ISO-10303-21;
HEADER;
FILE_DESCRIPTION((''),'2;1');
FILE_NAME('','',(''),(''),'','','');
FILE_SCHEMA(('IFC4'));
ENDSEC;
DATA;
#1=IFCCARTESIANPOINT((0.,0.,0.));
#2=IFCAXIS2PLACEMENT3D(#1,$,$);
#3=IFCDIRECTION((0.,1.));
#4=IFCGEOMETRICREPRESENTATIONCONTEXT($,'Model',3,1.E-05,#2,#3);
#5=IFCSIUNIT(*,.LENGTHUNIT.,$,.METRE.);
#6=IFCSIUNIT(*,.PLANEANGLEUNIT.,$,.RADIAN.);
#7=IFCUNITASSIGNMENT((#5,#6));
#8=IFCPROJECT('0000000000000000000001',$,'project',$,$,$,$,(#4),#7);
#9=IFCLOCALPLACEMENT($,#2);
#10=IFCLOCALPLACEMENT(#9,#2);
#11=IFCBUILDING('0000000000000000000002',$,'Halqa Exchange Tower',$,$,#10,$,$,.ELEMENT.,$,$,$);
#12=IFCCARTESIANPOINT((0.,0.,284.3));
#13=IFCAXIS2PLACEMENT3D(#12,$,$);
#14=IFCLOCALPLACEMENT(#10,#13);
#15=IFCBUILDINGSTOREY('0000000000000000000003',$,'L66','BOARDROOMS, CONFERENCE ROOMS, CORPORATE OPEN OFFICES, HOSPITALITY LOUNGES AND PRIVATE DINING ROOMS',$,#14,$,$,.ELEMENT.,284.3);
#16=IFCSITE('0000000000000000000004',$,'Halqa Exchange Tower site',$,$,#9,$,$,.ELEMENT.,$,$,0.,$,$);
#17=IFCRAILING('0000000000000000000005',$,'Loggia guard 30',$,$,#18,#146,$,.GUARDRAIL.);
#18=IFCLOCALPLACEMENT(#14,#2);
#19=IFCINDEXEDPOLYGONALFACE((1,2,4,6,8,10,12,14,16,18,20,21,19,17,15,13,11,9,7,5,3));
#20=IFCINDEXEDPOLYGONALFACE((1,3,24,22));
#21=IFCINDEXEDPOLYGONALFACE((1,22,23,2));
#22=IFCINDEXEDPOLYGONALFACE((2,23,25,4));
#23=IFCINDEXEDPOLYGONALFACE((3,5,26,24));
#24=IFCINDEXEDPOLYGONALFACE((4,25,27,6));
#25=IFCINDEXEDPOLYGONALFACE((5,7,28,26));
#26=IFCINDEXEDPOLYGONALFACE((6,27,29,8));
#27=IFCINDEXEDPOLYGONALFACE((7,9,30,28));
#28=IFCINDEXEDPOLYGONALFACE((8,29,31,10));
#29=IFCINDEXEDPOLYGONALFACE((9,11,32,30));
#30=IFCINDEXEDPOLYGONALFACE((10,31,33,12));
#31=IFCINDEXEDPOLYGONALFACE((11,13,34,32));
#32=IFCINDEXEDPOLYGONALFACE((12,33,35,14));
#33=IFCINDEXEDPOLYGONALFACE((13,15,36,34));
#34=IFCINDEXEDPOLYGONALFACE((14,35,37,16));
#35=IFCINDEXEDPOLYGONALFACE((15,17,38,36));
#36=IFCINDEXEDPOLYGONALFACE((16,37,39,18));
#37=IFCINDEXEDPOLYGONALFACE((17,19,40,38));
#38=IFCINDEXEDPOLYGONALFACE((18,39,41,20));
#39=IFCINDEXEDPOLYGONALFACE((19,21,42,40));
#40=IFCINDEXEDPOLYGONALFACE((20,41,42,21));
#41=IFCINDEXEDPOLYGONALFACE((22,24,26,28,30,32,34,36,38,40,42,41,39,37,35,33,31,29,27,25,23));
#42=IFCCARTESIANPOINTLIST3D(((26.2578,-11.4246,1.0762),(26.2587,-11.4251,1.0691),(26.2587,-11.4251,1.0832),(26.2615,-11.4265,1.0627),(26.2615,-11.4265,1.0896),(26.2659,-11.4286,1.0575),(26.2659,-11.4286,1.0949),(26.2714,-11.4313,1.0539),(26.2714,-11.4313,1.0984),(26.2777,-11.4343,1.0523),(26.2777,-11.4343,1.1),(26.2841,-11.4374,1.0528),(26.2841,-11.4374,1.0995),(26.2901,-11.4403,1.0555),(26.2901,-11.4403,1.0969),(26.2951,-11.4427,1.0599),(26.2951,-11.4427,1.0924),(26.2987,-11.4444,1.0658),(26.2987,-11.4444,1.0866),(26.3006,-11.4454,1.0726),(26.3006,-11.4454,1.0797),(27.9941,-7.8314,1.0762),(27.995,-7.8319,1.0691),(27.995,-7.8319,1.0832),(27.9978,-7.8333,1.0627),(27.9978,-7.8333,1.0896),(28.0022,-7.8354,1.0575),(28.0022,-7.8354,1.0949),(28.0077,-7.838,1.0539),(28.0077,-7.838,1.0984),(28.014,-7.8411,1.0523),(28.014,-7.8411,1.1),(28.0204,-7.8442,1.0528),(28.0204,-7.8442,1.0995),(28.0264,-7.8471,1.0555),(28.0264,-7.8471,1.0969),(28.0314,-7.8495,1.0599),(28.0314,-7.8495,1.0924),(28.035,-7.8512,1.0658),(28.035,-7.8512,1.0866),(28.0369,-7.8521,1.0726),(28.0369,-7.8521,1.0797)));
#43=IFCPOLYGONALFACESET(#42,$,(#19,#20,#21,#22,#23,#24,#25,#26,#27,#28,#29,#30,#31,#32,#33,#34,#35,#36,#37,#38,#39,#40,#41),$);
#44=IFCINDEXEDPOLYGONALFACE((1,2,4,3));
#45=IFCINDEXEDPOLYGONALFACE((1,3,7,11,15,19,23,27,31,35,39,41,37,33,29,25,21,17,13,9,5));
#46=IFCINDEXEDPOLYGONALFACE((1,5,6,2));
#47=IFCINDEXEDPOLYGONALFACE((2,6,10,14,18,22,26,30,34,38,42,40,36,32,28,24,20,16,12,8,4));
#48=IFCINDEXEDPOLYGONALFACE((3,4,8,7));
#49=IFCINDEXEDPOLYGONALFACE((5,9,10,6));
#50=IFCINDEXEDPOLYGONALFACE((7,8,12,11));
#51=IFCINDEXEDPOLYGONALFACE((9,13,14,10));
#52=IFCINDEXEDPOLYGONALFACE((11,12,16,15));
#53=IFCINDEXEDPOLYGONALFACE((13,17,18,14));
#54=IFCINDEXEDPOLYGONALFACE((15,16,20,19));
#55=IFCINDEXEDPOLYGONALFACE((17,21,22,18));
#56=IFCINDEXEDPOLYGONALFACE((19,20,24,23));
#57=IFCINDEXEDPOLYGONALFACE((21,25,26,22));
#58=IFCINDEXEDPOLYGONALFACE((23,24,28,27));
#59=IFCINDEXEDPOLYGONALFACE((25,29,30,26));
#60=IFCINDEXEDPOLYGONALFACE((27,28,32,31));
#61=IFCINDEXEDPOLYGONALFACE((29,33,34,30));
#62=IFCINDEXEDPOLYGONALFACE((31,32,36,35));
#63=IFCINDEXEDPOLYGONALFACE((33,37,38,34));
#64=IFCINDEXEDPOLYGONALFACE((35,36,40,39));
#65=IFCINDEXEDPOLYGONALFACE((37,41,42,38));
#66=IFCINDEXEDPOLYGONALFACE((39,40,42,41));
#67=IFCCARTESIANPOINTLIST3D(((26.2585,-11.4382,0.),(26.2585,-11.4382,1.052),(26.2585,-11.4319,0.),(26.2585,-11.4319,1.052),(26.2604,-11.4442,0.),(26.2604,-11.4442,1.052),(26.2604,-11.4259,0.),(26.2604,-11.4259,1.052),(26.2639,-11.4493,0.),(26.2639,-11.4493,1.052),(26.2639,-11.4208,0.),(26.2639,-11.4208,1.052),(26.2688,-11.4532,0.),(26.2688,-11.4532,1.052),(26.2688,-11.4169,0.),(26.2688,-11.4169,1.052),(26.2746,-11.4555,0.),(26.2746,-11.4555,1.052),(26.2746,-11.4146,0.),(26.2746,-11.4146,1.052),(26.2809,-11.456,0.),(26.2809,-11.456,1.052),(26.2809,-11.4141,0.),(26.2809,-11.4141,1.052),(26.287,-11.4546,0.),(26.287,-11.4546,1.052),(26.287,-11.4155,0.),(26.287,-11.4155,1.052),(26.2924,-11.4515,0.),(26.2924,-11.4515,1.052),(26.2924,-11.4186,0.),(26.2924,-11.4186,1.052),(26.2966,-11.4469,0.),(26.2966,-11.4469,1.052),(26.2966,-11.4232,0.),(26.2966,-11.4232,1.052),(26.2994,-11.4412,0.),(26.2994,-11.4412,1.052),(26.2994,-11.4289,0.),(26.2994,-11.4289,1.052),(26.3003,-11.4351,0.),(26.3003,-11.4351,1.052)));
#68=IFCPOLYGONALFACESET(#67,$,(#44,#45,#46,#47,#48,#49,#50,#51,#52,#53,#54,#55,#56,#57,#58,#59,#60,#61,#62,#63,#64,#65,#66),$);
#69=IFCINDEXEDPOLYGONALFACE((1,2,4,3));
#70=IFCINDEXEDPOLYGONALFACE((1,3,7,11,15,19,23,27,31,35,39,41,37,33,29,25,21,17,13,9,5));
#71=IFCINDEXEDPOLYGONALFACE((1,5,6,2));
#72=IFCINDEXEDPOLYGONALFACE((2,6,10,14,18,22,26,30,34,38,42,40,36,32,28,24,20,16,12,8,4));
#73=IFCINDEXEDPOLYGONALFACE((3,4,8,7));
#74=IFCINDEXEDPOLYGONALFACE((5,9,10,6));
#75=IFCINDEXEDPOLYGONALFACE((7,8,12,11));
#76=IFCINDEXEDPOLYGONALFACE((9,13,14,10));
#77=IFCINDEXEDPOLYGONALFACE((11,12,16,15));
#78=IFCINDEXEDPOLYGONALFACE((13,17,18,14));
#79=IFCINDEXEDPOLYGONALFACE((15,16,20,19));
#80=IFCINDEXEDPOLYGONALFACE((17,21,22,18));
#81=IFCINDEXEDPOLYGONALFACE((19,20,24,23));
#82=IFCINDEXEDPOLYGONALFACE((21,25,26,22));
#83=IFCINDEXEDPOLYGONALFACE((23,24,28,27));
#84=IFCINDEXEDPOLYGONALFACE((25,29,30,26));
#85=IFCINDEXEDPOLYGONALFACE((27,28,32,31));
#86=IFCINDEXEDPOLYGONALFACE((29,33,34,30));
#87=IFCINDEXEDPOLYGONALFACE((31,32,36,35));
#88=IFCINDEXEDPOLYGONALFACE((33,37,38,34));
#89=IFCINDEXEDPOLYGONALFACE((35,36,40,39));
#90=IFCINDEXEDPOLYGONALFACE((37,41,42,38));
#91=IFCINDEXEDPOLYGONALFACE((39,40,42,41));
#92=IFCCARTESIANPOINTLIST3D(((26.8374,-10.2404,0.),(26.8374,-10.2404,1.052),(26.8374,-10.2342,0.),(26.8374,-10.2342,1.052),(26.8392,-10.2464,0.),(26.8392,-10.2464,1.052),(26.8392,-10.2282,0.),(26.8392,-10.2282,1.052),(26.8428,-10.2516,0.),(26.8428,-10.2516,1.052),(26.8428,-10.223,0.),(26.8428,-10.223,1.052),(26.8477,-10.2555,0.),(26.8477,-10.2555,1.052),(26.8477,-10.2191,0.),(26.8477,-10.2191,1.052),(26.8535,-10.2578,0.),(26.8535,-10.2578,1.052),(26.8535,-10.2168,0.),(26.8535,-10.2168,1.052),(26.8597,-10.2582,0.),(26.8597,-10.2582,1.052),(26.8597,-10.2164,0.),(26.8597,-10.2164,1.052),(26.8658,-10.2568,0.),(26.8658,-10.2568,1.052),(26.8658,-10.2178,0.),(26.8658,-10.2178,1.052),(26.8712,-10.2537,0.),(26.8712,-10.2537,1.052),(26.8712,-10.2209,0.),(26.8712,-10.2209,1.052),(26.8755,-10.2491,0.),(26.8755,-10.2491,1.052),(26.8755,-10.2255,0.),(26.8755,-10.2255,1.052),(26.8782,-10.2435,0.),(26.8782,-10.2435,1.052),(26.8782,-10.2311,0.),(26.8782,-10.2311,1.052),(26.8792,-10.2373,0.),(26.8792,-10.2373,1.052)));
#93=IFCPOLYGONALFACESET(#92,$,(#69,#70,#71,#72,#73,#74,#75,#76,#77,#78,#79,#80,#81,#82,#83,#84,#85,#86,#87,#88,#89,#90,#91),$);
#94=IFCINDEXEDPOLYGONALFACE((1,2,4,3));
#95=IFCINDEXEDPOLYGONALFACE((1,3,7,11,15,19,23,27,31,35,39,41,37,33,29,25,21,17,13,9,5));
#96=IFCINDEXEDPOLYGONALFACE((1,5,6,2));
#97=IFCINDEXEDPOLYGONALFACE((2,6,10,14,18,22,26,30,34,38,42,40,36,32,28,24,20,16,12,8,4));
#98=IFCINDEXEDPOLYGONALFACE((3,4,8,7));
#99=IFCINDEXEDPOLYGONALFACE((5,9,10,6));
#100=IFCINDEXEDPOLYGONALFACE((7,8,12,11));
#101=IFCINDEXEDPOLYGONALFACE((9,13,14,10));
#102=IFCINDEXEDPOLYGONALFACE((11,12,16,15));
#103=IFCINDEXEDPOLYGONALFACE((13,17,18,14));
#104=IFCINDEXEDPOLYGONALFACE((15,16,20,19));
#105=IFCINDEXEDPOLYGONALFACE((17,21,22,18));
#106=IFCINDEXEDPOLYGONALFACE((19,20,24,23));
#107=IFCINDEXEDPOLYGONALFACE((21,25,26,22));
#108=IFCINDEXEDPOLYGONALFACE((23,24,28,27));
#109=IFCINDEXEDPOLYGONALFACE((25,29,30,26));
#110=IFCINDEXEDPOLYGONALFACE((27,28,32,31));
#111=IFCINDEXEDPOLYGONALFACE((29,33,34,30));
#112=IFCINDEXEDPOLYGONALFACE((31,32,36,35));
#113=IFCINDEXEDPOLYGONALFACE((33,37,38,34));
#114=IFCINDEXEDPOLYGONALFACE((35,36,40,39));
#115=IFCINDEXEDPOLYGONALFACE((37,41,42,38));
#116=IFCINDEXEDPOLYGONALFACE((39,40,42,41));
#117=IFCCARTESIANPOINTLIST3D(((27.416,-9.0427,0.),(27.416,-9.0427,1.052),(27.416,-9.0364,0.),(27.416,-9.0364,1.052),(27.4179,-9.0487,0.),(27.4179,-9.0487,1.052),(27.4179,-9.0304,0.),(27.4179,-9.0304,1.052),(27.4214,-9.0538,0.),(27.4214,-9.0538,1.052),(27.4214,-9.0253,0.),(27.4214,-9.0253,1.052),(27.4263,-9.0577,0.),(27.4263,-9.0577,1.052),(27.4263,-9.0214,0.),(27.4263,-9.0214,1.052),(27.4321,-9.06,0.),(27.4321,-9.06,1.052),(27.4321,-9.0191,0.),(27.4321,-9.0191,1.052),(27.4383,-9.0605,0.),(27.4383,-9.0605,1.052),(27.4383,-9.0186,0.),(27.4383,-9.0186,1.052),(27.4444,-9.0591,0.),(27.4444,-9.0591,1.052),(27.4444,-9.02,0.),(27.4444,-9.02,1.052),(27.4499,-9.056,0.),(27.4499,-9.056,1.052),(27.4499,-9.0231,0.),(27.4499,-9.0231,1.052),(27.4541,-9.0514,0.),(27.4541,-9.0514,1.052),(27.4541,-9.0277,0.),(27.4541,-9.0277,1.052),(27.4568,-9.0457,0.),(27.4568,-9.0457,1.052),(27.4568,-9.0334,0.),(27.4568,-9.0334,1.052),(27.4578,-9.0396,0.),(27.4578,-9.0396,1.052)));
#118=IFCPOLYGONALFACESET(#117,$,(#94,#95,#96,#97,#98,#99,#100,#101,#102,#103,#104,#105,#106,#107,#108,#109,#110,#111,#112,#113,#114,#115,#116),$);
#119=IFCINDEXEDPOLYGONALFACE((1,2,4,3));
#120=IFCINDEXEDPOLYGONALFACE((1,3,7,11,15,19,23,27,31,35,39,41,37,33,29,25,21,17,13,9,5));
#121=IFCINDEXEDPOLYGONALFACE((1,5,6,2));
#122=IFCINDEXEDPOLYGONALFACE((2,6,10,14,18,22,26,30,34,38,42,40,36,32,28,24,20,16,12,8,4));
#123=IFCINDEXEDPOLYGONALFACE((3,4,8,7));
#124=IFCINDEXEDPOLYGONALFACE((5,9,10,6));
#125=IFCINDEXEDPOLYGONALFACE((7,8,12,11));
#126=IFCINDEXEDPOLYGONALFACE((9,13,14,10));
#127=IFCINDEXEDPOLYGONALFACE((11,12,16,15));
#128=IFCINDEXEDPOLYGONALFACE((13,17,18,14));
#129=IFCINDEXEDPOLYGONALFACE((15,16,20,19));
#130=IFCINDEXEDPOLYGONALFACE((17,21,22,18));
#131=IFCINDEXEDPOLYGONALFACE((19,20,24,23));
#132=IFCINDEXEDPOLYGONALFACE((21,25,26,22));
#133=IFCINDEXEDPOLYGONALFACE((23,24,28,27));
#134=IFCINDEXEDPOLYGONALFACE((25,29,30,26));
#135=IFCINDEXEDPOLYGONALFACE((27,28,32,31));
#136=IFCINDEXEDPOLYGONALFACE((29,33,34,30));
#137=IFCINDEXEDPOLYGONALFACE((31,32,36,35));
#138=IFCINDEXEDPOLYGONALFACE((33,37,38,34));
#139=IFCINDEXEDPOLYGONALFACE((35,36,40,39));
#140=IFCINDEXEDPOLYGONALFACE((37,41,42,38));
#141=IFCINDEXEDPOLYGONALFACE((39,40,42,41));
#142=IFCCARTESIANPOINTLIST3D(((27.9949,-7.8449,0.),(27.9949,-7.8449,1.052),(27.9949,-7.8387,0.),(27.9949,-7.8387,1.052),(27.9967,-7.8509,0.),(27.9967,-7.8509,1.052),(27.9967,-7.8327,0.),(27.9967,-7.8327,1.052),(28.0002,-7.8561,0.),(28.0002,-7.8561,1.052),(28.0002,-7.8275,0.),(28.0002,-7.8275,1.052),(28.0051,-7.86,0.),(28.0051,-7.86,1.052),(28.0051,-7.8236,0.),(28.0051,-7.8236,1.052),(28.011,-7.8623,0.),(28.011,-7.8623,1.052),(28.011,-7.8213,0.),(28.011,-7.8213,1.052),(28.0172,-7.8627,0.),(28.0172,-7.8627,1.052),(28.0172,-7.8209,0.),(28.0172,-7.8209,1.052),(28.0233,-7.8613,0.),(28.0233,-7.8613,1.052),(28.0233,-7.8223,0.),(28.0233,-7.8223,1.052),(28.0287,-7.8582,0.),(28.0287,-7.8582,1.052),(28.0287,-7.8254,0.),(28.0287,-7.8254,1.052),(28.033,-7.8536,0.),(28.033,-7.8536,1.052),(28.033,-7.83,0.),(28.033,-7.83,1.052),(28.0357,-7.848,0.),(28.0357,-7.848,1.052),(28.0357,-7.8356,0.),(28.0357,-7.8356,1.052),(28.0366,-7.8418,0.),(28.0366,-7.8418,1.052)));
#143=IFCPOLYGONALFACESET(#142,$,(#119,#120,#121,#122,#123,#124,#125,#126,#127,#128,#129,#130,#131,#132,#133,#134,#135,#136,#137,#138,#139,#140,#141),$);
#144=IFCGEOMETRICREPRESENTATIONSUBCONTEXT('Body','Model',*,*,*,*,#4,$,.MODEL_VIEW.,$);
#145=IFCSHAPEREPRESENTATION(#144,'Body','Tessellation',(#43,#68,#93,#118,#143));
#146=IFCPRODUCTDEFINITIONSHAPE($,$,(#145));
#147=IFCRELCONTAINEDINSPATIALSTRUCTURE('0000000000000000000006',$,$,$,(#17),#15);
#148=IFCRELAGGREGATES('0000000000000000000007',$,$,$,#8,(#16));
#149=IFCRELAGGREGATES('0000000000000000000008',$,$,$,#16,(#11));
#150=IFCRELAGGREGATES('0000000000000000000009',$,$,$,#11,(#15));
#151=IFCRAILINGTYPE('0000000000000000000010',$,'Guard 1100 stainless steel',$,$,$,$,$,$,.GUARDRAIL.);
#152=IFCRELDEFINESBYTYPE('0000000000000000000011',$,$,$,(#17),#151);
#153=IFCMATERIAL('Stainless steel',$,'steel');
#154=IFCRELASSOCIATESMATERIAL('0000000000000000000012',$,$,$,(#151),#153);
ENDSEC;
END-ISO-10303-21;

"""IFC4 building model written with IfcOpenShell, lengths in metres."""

from ifc_helpers import new_model, si_unit, direction, frame, origin, origin_2d, place, context, subcontext, project, spatial, circle, extrude, material, type_object, element, save


model = new_model("IFC4")

# Units and contexts
model_context = context("Model", 3, precision=1e-05, world=origin(), true_north=direction((0.0, 1.0)))
body_context = subcontext(model_context, "Body", "Model", "MODEL_VIEW")
ifc_project = project(units=[si_unit("LENGTHUNIT", "METRE"), si_unit("PLANEANGLEUNIT", "RADIAN")], contexts=[model_context])

# Site, building, storey
site_placement = place(None, origin())
site = spatial("IfcSite", under=ifc_project, at=site_placement, Name="Halqa Exchange Tower site", CompositionType="ELEMENT", RefElevation=0.0)
building_placement = place(site_placement, origin())
building = spatial("IfcBuilding", under=site, at=building_placement, Name="Halqa Exchange Tower", CompositionType="ELEMENT")
storey_placement = place(building_placement, frame((0.0, 0.0, 284.3)))
storey = spatial("IfcBuildingStorey", under=building, at=storey_placement, Name="L66", Description="BOARDROOMS, CONFERENCE ROOMS, CORPORATE OPEN OFFICES, HOSPITALITY LOUNGES AND PRIVATE DINING ROOMS", CompositionType="ELEMENT", Elevation=284.3)

# Railing
ifc_material_1 = material(Name="Stainless steel", Category="steel")
railing_type = type_object("IfcRailingType", Name="Guard 1100 stainless steel", PredefinedType="GUARDRAIL", material=ifc_material_1)
railing_1_placement = place(storey_placement, frame((26.2793, -11.4351, 0.0)))
element("IfcRailing", 1, at=railing_1_placement, inside=storey, type_object=railing_type, Name="Loggia guard 30", PredefinedType="GUARDRAIL", context=body_context, shape_type="SweptSolid", body=[
    extrude(circle(Radius=0.0239, at=origin_2d()), frame((0.0, 0.0, 1.0762), z_axis=(0.435084, 0.90039, 0.0), x_axis=(-0.90039, 0.435084, 0.0)), (0.0, 0.0, 1.0), 3.9907),
    extrude(circle(Radius=0.021, at=origin_2d()), origin(), (0.0, 0.0, 1.0), 1.052),
    extrude(circle(Radius=0.021, at=origin_2d()), frame((0.5789, 1.1978, 0.0)), (0.0, 0.0, 1.0), 1.052),
    extrude(circle(Radius=0.021, at=origin_2d()), frame((1.1575, 2.3955, 0.0)), (0.0, 0.0, 1.0), 1.052),
    extrude(circle(Radius=0.021, at=origin_2d()), frame((1.7363, 3.5933, 0.0)), (0.0, 0.0, 1.0), 1.052),
])

save(model, "model.ifc")
